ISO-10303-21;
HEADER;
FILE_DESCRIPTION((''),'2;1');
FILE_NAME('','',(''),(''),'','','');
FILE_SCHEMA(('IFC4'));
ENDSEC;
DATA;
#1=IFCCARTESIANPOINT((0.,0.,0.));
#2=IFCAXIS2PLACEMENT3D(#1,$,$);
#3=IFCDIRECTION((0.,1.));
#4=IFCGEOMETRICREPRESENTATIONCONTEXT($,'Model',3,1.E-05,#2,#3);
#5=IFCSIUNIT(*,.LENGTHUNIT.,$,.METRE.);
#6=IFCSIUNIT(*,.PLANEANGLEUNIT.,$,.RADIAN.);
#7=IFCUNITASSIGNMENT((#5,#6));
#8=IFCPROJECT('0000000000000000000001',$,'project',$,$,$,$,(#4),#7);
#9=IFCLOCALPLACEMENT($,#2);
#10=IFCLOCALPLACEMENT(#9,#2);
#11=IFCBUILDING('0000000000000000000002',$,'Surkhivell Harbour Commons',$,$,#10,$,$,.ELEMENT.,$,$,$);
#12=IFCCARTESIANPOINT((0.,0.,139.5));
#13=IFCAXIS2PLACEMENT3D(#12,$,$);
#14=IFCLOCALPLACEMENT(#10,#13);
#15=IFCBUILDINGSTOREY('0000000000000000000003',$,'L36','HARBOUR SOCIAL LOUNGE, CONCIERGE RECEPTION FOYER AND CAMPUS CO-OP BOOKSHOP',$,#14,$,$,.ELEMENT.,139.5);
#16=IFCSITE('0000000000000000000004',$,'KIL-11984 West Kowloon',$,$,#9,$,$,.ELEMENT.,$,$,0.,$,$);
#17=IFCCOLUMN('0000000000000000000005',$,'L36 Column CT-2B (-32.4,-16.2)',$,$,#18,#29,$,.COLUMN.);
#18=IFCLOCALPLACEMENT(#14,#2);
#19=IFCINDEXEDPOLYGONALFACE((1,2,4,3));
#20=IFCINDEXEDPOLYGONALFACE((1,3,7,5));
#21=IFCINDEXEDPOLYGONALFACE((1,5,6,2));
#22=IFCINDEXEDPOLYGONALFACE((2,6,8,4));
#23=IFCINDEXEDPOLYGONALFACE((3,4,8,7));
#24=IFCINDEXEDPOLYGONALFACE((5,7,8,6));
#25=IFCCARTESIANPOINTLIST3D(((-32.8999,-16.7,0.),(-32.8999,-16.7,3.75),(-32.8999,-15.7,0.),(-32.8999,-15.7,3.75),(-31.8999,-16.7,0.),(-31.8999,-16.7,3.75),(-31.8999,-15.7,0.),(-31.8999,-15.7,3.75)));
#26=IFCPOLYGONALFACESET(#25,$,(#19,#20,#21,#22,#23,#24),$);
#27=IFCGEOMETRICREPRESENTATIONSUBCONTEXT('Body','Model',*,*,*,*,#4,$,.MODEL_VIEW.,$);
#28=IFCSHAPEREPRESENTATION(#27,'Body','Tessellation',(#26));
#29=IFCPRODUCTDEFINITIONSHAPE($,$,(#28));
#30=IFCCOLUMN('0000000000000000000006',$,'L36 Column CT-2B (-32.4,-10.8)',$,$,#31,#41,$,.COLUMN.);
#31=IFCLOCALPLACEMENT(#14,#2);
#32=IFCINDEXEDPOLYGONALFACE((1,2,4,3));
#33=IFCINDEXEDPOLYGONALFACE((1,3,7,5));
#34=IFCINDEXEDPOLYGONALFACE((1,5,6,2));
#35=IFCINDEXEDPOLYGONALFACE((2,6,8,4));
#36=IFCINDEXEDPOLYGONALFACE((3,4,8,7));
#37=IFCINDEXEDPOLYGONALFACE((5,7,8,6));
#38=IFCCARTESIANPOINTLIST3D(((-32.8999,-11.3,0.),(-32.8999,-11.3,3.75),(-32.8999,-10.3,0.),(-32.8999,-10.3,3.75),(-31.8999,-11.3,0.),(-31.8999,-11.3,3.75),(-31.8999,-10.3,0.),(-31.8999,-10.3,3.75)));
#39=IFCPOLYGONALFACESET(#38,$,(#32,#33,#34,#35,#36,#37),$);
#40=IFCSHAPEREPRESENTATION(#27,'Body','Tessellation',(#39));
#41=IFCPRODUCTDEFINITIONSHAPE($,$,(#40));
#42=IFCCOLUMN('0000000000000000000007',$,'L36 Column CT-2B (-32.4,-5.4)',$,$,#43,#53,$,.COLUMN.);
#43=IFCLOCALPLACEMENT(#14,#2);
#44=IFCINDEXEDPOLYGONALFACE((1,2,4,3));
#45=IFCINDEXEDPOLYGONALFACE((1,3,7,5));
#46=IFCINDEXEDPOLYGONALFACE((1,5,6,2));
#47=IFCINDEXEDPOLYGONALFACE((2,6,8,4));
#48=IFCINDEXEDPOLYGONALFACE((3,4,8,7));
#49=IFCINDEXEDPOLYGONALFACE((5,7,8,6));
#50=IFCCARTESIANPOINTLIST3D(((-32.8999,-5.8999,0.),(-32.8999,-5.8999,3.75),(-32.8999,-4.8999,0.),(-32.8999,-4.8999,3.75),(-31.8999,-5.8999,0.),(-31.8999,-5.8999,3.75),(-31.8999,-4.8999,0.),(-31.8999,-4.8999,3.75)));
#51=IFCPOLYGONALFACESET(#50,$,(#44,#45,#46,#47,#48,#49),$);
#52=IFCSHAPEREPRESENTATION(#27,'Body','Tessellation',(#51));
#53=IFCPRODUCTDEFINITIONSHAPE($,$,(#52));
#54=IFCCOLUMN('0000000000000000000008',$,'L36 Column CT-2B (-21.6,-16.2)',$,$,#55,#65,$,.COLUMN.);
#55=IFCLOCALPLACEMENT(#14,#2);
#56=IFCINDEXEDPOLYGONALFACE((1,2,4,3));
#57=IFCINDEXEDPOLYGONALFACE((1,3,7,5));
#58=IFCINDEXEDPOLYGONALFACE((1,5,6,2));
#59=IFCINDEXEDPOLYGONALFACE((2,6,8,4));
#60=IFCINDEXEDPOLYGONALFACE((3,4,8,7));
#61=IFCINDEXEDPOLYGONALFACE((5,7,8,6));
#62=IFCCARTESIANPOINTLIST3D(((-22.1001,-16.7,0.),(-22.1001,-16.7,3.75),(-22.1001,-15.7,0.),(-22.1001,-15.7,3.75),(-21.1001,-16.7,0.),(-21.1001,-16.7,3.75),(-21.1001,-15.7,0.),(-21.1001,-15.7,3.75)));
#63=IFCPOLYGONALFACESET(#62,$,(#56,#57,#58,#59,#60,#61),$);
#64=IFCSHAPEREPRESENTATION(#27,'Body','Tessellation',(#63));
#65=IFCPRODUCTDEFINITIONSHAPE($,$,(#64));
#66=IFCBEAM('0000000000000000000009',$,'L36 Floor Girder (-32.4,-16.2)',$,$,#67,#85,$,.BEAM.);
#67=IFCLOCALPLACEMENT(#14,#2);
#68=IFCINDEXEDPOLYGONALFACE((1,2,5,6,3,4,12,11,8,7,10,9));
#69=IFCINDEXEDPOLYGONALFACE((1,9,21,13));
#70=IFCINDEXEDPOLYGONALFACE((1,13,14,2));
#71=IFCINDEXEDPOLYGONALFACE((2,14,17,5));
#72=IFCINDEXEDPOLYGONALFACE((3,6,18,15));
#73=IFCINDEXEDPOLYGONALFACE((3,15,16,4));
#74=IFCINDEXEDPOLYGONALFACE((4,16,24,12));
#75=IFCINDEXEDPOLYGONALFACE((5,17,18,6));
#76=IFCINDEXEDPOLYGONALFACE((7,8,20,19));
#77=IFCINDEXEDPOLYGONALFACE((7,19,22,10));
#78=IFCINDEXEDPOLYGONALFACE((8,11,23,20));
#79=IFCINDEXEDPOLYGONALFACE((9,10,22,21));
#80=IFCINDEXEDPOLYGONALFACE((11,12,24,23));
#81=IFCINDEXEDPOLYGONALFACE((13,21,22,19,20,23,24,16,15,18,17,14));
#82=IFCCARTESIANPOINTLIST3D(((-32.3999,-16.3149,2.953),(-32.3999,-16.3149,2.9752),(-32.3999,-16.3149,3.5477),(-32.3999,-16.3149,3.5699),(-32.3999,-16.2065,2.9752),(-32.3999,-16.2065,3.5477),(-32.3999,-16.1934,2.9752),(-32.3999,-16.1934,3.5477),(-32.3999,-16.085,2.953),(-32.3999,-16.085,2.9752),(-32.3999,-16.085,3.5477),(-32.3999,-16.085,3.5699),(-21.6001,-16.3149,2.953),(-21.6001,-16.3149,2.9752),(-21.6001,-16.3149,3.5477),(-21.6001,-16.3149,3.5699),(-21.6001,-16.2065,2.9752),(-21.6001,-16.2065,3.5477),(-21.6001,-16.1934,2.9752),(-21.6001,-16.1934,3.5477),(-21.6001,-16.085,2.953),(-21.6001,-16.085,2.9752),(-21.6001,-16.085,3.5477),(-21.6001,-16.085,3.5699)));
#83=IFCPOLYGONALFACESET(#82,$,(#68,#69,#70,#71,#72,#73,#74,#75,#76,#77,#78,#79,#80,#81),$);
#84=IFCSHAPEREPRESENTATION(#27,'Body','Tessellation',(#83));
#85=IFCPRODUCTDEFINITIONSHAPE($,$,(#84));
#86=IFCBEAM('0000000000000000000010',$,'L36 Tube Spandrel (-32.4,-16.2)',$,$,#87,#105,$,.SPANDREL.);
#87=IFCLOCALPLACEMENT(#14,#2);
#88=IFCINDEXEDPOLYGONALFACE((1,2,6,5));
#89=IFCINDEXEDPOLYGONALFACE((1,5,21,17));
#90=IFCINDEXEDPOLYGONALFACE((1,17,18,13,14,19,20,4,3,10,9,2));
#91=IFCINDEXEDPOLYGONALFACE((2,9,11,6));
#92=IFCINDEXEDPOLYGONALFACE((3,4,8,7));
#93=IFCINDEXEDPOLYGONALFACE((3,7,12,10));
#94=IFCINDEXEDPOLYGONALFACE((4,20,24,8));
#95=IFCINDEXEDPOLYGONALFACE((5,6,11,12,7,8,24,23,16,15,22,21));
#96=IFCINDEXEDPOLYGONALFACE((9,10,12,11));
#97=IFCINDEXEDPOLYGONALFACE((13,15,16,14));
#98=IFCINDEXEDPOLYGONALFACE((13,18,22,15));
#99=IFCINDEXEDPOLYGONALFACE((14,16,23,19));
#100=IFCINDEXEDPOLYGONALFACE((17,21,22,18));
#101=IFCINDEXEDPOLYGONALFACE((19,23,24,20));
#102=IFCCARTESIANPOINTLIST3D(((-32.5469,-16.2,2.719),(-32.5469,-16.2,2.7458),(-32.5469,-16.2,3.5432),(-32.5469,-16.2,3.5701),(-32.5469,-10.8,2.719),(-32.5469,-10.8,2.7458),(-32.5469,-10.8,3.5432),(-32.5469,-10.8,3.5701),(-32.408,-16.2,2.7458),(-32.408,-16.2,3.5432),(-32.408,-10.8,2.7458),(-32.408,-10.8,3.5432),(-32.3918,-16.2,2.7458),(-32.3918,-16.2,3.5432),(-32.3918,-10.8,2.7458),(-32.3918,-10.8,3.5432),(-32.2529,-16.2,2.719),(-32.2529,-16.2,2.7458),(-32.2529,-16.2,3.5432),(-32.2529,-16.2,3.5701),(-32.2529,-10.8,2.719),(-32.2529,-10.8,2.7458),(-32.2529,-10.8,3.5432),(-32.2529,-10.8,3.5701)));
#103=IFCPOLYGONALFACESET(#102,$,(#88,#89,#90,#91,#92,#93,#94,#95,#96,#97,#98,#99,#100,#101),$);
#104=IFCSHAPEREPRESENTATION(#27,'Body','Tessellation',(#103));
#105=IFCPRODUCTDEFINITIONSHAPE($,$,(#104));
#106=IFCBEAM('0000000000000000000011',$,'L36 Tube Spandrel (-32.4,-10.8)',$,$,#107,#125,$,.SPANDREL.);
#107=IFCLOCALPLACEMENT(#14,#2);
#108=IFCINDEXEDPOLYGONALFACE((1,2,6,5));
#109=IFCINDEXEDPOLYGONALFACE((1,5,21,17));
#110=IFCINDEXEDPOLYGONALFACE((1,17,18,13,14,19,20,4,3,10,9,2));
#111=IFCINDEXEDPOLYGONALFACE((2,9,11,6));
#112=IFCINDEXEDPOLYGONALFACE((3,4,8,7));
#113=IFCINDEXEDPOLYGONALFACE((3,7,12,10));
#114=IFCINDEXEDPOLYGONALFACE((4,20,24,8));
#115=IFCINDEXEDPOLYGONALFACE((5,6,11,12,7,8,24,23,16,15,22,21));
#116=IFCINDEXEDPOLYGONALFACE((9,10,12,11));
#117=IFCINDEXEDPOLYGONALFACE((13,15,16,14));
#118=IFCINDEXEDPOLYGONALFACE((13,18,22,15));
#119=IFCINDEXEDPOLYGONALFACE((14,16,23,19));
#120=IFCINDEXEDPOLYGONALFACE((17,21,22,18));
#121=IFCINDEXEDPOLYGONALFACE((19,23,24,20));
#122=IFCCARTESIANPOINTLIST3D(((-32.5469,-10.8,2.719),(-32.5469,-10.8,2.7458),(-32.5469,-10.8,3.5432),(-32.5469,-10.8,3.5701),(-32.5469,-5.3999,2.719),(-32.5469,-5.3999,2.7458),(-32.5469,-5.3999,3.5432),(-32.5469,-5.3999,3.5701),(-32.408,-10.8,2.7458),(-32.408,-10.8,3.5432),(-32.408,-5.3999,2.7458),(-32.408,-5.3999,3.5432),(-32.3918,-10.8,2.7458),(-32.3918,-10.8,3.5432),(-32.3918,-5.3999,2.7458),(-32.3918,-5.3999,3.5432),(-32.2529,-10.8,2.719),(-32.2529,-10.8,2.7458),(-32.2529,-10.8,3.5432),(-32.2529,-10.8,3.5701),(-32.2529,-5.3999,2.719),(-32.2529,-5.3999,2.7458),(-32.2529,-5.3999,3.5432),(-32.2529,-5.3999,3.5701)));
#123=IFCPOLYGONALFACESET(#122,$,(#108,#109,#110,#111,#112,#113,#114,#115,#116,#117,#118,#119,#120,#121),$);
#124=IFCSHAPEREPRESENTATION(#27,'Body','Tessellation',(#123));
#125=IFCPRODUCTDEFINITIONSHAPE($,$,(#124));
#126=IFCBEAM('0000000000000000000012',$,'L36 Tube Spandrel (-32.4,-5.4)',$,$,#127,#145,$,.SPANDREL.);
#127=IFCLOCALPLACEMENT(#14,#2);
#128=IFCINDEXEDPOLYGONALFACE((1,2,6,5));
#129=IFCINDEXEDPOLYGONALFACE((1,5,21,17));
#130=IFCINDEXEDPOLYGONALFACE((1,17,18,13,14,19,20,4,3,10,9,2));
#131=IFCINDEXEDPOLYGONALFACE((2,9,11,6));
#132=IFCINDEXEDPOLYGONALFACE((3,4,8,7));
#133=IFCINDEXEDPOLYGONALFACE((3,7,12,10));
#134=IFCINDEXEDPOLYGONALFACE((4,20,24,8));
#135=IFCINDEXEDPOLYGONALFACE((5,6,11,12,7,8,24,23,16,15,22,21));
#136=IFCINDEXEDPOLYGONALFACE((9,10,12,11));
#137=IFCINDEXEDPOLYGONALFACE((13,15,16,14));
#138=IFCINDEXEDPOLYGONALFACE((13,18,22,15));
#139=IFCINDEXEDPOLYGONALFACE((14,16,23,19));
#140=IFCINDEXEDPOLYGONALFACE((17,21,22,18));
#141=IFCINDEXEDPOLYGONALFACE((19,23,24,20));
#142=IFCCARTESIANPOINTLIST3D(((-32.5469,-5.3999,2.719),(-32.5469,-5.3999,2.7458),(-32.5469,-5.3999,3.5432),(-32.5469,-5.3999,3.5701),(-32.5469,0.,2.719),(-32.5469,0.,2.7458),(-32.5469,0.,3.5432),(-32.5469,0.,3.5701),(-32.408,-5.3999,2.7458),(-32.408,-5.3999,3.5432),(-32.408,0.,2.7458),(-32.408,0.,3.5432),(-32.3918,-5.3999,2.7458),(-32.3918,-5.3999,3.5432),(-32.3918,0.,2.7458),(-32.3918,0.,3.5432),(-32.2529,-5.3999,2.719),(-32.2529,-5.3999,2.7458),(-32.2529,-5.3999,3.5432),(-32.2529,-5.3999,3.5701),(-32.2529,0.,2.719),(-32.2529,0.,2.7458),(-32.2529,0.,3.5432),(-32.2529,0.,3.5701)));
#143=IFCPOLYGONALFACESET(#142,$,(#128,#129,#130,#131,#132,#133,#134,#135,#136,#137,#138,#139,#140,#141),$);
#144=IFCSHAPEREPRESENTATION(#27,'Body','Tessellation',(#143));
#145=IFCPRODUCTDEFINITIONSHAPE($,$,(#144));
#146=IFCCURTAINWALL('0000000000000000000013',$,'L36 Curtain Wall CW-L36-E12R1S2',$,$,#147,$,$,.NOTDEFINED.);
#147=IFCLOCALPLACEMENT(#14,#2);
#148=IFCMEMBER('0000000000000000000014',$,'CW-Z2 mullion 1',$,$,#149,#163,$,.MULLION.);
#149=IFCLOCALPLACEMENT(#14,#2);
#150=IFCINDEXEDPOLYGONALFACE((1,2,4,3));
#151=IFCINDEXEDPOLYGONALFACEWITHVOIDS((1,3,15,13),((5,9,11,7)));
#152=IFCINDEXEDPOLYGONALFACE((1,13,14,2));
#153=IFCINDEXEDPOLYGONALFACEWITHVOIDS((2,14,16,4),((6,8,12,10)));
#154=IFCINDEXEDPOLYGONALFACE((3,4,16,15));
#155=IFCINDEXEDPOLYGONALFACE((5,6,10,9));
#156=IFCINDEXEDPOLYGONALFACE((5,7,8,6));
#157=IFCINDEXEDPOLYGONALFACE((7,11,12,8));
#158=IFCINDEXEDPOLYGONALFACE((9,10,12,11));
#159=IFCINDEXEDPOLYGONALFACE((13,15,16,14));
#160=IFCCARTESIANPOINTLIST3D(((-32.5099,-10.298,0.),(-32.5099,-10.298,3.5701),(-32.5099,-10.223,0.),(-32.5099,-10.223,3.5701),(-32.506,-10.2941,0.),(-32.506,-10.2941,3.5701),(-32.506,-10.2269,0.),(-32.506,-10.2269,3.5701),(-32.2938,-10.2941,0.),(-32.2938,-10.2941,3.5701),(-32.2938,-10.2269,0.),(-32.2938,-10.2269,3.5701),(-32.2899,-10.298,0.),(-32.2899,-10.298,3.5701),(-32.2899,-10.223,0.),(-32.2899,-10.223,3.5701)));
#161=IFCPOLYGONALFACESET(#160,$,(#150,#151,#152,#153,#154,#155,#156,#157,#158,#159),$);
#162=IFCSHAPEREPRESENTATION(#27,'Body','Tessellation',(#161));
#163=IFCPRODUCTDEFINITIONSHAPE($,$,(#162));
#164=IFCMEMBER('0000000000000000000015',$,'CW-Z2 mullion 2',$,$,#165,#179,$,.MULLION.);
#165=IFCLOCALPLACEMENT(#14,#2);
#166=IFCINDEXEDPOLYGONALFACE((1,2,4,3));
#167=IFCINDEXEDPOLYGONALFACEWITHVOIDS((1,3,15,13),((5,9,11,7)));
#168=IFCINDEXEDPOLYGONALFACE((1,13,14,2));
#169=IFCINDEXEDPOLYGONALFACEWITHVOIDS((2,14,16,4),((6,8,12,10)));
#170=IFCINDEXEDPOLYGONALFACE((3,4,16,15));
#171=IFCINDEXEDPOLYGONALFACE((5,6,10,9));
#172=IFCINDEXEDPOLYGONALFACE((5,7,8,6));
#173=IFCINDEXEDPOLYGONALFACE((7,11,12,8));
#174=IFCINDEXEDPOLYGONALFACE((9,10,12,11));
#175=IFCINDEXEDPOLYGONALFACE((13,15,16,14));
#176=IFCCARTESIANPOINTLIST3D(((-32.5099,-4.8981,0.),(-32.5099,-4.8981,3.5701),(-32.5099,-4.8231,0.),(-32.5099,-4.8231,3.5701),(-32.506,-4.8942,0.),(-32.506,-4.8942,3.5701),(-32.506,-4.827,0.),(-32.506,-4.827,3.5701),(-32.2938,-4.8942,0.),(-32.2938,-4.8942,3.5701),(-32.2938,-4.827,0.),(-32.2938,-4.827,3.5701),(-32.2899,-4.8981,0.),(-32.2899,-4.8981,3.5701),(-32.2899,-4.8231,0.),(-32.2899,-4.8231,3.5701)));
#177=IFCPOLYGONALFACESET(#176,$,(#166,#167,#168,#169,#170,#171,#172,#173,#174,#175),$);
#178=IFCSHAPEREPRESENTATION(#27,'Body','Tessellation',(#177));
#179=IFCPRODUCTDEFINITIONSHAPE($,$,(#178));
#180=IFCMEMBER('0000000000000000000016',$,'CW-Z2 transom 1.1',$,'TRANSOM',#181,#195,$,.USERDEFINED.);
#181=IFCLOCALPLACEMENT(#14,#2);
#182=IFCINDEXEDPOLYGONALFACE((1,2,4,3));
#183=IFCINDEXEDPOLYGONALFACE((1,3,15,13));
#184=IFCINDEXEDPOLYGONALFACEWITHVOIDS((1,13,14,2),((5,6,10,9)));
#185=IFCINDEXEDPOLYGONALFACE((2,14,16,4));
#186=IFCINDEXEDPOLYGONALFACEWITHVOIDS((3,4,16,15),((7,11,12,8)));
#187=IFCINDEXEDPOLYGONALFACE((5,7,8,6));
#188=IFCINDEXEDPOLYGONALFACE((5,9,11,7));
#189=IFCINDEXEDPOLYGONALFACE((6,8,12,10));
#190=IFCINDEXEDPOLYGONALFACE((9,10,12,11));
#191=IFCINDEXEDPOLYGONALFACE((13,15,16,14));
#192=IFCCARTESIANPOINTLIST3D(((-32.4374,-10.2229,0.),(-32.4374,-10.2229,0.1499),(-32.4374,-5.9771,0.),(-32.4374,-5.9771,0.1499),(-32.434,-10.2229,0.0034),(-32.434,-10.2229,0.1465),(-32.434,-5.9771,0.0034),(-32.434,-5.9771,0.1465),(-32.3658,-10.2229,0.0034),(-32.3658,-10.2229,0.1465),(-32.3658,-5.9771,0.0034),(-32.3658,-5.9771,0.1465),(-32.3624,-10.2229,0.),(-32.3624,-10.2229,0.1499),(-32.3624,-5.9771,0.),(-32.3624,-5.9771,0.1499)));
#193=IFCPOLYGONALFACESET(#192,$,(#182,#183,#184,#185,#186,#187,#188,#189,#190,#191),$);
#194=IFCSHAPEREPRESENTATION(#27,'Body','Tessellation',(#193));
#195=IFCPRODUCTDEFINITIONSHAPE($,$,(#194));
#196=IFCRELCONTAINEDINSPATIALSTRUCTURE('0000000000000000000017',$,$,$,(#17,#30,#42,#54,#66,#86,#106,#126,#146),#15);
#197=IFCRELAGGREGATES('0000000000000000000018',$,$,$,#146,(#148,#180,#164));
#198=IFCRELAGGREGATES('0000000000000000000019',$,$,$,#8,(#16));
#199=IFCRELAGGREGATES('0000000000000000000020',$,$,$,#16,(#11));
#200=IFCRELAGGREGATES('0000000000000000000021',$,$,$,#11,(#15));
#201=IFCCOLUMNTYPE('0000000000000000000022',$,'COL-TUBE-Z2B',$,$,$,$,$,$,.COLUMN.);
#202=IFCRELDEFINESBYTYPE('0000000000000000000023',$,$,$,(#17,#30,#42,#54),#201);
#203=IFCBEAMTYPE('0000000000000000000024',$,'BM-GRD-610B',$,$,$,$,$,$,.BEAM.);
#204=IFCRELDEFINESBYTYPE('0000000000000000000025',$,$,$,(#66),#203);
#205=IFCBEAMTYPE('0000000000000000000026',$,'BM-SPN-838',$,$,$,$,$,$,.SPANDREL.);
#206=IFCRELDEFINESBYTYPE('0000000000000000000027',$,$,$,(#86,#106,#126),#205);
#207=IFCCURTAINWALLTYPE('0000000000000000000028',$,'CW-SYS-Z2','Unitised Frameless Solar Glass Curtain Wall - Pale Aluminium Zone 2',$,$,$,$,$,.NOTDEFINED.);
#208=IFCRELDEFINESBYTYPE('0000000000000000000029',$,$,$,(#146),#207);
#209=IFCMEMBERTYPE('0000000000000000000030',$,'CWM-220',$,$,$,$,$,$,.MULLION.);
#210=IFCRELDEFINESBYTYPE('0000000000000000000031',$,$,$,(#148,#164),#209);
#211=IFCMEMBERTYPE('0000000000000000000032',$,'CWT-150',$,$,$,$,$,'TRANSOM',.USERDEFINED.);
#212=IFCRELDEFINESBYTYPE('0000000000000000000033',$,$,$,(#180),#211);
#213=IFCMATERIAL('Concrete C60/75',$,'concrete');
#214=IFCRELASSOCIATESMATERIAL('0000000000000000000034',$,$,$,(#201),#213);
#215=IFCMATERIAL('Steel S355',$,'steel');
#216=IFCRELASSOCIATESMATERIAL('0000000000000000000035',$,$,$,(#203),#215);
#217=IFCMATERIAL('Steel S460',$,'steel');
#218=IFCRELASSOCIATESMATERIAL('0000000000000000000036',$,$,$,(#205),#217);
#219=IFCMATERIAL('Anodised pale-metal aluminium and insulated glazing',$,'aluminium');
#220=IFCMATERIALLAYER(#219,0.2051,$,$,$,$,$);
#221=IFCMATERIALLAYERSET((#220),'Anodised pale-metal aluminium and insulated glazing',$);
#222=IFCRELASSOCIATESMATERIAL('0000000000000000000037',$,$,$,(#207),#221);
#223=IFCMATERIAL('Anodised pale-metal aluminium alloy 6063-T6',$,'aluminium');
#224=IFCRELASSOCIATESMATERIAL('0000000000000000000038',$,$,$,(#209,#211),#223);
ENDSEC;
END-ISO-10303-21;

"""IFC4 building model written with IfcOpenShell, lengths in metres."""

from ifc_helpers import new_model, si_unit, direction, frame, origin, origin_2d, place, context, subcontext, project, spatial, rectangle, hollow_rectangle, i_section, extrude, material, layer, layer_set, material_profile, profile_set, type_object, element, aggregate, save


model = new_model("IFC4")

# Units and contexts
model_context = context("Model", 3, precision=1e-05, world=origin(), true_north=direction((0.0, 1.0)))
body_context = subcontext(model_context, "Body", "Model", "MODEL_VIEW")
ifc_project = project(units=[si_unit("LENGTHUNIT", "METRE"), si_unit("PLANEANGLEUNIT", "RADIAN")], contexts=[model_context])

# Site, building, storey
site_placement = place(None, origin())
site = spatial("IfcSite", under=ifc_project, at=site_placement, Name="KIL-11984 West Kowloon", CompositionType="ELEMENT", RefElevation=0.0)
building_placement = place(site_placement, origin())
building = spatial("IfcBuilding", under=site, at=building_placement, Name="Surkhivell Harbour Commons", CompositionType="ELEMENT")
storey_placement = place(building_placement, frame((0.0, 0.0, 139.5)))
storey = spatial("IfcBuildingStorey", under=building, at=storey_placement, Name="L36", Description="HARBOUR SOCIAL LOUNGE, CONCIERGE RECEPTION FOYER AND CAMPUS CO-OP BOOKSHOP", CompositionType="ELEMENT", Elevation=139.5)

# Columns
ifc_material_1 = material(Name="Concrete C60/75", Category="concrete")
ifc_material_profile_1 = material_profile(ifc_material_1, rectangle(XDim=1.0, YDim=1.0, at=origin_2d()), Name="RC-COL-1000x1000")
ifc_profile_set_1 = profile_set([ifc_material_profile_1], Name="Concrete C60/75")
column_type = type_object("IfcColumnType", Name="COL-TUBE-Z2B", PredefinedType="COLUMN", material=ifc_profile_set_1)
for number, where, z_axis, x_axis, name in (
    (1, (-32.3999, -16.2, 0.0), (0.0, 0.0, 1.0), (1.0, 0.0, 0.0), "L36 Column CT-2B (-32.4,-16.2)"),
    (2, (-32.3999, -10.8, 0.0), (0.0, 0.0, 1.0), (1.0, 0.0, 0.0), "L36 Column CT-2B (-32.4,-10.8)"),
    (3, (-32.3999, -5.3999, 0.0), (0.0, 0.0, 1.0), (1.0, 0.0, 0.0), "L36 Column CT-2B (-32.4,-5.4)"),
    (4, (-21.6001, -16.2, 0.0), (0.0, 0.0, 1.0), (1.0, 0.0, 0.0), "L36 Column CT-2B (-21.6,-16.2)"),
):
    element("IfcColumn", number, at=place(storey_placement, frame(where, z_axis=z_axis, x_axis=x_axis)), inside=storey, type_object=column_type, Name=name, PredefinedType="COLUMN", context=body_context, shape_type="SweptSolid", body=[
        extrude(rectangle(XDim=1.0, YDim=1.0, at=origin_2d()), origin(), (0.0, 0.0, 1.0), 3.75),
    ])

# Beams
ifc_material_2 = material(Name="Steel S355", Category="steel")
ifc_material_profile_2 = material_profile(ifc_material_2, i_section(OverallWidth=0.23, OverallDepth=0.6169, WebThickness=0.0132, FlangeThickness=0.0222, at=origin_2d()), Name="UB610x229x140")
ifc_profile_set_2 = profile_set([ifc_material_profile_2], Name="Steel S355")
beam_type_1 = type_object("IfcBeamType", Name="BM-GRD-610B", PredefinedType="BEAM", material=ifc_profile_set_2)
beam_1_placement = place(storey_placement, frame((-32.3999, -16.2, 3.2615), z_axis=(1.0, 0.0, 0.0), x_axis=(0.0, 1.0, 0.0)))
element("IfcBeam", 5, at=beam_1_placement, inside=storey, type_object=beam_type_1, Name="L36 Floor Girder (-32.4,-16.2)", PredefinedType="BEAM", context=body_context, shape_type="SweptSolid", body=[
    extrude(i_section(OverallWidth=0.23, OverallDepth=0.6169, WebThickness=0.0132, FlangeThickness=0.0222, at=origin_2d()), origin(), (0.0, 0.0, 1.0), 10.7998),
])
ifc_material_3 = material(Name="Steel S460", Category="steel")
ifc_material_profile_3 = material_profile(ifc_material_3, i_section(OverallWidth=0.2939, OverallDepth=0.8511, WebThickness=0.0161, FlangeThickness=0.0269, at=origin_2d()), Name="UB838x292x226")
ifc_profile_set_3 = profile_set([ifc_material_profile_3], Name="Steel S460")
beam_type_2 = type_object("IfcBeamType", Name="BM-SPN-838", PredefinedType="SPANDREL", material=ifc_profile_set_3)
beam_2_placement = place(storey_placement, frame((-32.3999, -16.2, 3.1445), z_axis=(0.0, 1.0, 0.0), x_axis=(-1.0, 0.0, 0.0)))
element("IfcBeam", 6, at=beam_2_placement, inside=storey, type_object=beam_type_2, Name="L36 Tube Spandrel (-32.4,-16.2)", PredefinedType="SPANDREL", context=body_context, shape_type="SweptSolid", body=[
    extrude(i_section(OverallWidth=0.2939, OverallDepth=0.8511, WebThickness=0.0161, FlangeThickness=0.0269, at=origin_2d()), origin(), (0.0, 0.0, 1.0), 5.3999),
])
beam_3_placement = place(storey_placement, frame((-32.3999, -10.8, 3.1445), z_axis=(0.0, 1.0, 0.0), x_axis=(-1.0, 0.0, 0.0)))
element("IfcBeam", 7, at=beam_3_placement, inside=storey, type_object=beam_type_2, Name="L36 Tube Spandrel (-32.4,-10.8)", PredefinedType="SPANDREL", context=body_context, shape_type="SweptSolid", body=[
    extrude(i_section(OverallWidth=0.2939, OverallDepth=0.8511, WebThickness=0.0161, FlangeThickness=0.0269, at=origin_2d()), origin(), (0.0, 0.0, 1.0), 5.4001),
])
beam_4_placement = place(storey_placement, frame((-32.3999, -5.3999, 3.1445), z_axis=(0.0, 1.0, 0.0), x_axis=(-1.0, 0.0, 0.0)))
element("IfcBeam", 8, at=beam_4_placement, inside=storey, type_object=beam_type_2, Name="L36 Tube Spandrel (-32.4,-5.4)", PredefinedType="SPANDREL", context=body_context, shape_type="SweptSolid", body=[
    extrude(i_section(OverallWidth=0.2939, OverallDepth=0.8511, WebThickness=0.0161, FlangeThickness=0.0269, at=origin_2d()), origin(), (0.0, 0.0, 1.0), 5.3999),
])

# Curtain wall, members
ifc_material_4 = material(Name="Anodised pale-metal aluminium and insulated glazing", Category="aluminium")
ifc_layer_1 = layer(ifc_material_4, 0.2051)
ifc_layer_set_1 = layer_set([ifc_layer_1], Name="Anodised pale-metal aluminium and insulated glazing")
curtain_wall_type = type_object("IfcCurtainWallType", Name="CW-SYS-Z2", Description="Unitised Frameless Solar Glass Curtain Wall - Pale Aluminium Zone 2", PredefinedType="NOTDEFINED", material=ifc_layer_set_1)
curtain_wall_placement = place(storey_placement, origin())
curtain_wall = element("IfcCurtainWall", 9, at=curtain_wall_placement, inside=storey, type_object=curtain_wall_type, Name="L36 Curtain Wall CW-L36-E12R1S2", PredefinedType="NOTDEFINED")
ifc_material_5 = material(Name="Anodised pale-metal aluminium alloy 6063-T6", Category="aluminium")
ifc_material_profile_4 = material_profile(ifc_material_5, hollow_rectangle(XDim=0.075, YDim=0.22, WallThickness=0.0039, at=origin_2d()), Name="ALU-MULL-75x220")
ifc_profile_set_4 = profile_set([ifc_material_profile_4], Name="Anodised pale-metal aluminium alloy 6063-T6")
member_type_1 = type_object("IfcMemberType", Name="CWM-220", PredefinedType="MULLION", material=ifc_profile_set_4)
member_1_placement = place(storey_placement, frame((-32.3999, -10.2605, 0.0), z_axis=(0.0, 0.0, 1.0), x_axis=(0.0, 1.0, 0.0)))
member_1 = element("IfcMember", 10, at=member_1_placement, type_object=member_type_1, Name="CW-Z2 mullion 1", PredefinedType="MULLION", context=body_context, shape_type="SweptSolid", body=[
    extrude(hollow_rectangle(XDim=0.075, YDim=0.22, WallThickness=0.0039, at=origin_2d()), origin(), (0.0, 0.0, 1.0), 3.5701),
])
member_2_placement = place(storey_placement, frame((-32.3999, -4.8606, 0.0), z_axis=(0.0, 0.0, 1.0), x_axis=(0.0, 1.0, 0.0)))
member_2 = element("IfcMember", 11, at=member_2_placement, type_object=member_type_1, Name="CW-Z2 mullion 2", PredefinedType="MULLION", context=body_context, shape_type="SweptSolid", body=[
    extrude(hollow_rectangle(XDim=0.075, YDim=0.22, WallThickness=0.0039, at=origin_2d()), origin(), (0.0, 0.0, 1.0), 3.5701),
])
ifc_material_profile_5 = material_profile(ifc_material_5, hollow_rectangle(XDim=0.075, YDim=0.1499, WallThickness=0.0034, at=origin_2d()), Name="ALU-TRAN-75x150")
ifc_profile_set_5 = profile_set([ifc_material_profile_5], Name="Anodised pale-metal aluminium alloy 6063-T6")
member_type_2 = type_object("IfcMemberType", Name="CWT-150", ElementType="TRANSOM", PredefinedType="USERDEFINED", material=ifc_profile_set_5)
member_3_placement = place(storey_placement, frame((-32.3999, -10.2229, 0.075), z_axis=(0.0, 1.0, 0.0), x_axis=(-1.0, 0.0, 0.0)))
member_3 = element("IfcMember", 12, at=member_3_placement, type_object=member_type_2, Name="CW-Z2 transom 1.1", ObjectType="TRANSOM", PredefinedType="USERDEFINED", context=body_context, shape_type="SweptSolid", body=[
    extrude(hollow_rectangle(XDim=0.075, YDim=0.1499, WallThickness=0.0034, at=origin_2d()), origin(), (0.0, 0.0, 1.0), 4.2458),
])

aggregate(curtain_wall, [member_1, member_3, member_2])

save(model, "model.ifc")
